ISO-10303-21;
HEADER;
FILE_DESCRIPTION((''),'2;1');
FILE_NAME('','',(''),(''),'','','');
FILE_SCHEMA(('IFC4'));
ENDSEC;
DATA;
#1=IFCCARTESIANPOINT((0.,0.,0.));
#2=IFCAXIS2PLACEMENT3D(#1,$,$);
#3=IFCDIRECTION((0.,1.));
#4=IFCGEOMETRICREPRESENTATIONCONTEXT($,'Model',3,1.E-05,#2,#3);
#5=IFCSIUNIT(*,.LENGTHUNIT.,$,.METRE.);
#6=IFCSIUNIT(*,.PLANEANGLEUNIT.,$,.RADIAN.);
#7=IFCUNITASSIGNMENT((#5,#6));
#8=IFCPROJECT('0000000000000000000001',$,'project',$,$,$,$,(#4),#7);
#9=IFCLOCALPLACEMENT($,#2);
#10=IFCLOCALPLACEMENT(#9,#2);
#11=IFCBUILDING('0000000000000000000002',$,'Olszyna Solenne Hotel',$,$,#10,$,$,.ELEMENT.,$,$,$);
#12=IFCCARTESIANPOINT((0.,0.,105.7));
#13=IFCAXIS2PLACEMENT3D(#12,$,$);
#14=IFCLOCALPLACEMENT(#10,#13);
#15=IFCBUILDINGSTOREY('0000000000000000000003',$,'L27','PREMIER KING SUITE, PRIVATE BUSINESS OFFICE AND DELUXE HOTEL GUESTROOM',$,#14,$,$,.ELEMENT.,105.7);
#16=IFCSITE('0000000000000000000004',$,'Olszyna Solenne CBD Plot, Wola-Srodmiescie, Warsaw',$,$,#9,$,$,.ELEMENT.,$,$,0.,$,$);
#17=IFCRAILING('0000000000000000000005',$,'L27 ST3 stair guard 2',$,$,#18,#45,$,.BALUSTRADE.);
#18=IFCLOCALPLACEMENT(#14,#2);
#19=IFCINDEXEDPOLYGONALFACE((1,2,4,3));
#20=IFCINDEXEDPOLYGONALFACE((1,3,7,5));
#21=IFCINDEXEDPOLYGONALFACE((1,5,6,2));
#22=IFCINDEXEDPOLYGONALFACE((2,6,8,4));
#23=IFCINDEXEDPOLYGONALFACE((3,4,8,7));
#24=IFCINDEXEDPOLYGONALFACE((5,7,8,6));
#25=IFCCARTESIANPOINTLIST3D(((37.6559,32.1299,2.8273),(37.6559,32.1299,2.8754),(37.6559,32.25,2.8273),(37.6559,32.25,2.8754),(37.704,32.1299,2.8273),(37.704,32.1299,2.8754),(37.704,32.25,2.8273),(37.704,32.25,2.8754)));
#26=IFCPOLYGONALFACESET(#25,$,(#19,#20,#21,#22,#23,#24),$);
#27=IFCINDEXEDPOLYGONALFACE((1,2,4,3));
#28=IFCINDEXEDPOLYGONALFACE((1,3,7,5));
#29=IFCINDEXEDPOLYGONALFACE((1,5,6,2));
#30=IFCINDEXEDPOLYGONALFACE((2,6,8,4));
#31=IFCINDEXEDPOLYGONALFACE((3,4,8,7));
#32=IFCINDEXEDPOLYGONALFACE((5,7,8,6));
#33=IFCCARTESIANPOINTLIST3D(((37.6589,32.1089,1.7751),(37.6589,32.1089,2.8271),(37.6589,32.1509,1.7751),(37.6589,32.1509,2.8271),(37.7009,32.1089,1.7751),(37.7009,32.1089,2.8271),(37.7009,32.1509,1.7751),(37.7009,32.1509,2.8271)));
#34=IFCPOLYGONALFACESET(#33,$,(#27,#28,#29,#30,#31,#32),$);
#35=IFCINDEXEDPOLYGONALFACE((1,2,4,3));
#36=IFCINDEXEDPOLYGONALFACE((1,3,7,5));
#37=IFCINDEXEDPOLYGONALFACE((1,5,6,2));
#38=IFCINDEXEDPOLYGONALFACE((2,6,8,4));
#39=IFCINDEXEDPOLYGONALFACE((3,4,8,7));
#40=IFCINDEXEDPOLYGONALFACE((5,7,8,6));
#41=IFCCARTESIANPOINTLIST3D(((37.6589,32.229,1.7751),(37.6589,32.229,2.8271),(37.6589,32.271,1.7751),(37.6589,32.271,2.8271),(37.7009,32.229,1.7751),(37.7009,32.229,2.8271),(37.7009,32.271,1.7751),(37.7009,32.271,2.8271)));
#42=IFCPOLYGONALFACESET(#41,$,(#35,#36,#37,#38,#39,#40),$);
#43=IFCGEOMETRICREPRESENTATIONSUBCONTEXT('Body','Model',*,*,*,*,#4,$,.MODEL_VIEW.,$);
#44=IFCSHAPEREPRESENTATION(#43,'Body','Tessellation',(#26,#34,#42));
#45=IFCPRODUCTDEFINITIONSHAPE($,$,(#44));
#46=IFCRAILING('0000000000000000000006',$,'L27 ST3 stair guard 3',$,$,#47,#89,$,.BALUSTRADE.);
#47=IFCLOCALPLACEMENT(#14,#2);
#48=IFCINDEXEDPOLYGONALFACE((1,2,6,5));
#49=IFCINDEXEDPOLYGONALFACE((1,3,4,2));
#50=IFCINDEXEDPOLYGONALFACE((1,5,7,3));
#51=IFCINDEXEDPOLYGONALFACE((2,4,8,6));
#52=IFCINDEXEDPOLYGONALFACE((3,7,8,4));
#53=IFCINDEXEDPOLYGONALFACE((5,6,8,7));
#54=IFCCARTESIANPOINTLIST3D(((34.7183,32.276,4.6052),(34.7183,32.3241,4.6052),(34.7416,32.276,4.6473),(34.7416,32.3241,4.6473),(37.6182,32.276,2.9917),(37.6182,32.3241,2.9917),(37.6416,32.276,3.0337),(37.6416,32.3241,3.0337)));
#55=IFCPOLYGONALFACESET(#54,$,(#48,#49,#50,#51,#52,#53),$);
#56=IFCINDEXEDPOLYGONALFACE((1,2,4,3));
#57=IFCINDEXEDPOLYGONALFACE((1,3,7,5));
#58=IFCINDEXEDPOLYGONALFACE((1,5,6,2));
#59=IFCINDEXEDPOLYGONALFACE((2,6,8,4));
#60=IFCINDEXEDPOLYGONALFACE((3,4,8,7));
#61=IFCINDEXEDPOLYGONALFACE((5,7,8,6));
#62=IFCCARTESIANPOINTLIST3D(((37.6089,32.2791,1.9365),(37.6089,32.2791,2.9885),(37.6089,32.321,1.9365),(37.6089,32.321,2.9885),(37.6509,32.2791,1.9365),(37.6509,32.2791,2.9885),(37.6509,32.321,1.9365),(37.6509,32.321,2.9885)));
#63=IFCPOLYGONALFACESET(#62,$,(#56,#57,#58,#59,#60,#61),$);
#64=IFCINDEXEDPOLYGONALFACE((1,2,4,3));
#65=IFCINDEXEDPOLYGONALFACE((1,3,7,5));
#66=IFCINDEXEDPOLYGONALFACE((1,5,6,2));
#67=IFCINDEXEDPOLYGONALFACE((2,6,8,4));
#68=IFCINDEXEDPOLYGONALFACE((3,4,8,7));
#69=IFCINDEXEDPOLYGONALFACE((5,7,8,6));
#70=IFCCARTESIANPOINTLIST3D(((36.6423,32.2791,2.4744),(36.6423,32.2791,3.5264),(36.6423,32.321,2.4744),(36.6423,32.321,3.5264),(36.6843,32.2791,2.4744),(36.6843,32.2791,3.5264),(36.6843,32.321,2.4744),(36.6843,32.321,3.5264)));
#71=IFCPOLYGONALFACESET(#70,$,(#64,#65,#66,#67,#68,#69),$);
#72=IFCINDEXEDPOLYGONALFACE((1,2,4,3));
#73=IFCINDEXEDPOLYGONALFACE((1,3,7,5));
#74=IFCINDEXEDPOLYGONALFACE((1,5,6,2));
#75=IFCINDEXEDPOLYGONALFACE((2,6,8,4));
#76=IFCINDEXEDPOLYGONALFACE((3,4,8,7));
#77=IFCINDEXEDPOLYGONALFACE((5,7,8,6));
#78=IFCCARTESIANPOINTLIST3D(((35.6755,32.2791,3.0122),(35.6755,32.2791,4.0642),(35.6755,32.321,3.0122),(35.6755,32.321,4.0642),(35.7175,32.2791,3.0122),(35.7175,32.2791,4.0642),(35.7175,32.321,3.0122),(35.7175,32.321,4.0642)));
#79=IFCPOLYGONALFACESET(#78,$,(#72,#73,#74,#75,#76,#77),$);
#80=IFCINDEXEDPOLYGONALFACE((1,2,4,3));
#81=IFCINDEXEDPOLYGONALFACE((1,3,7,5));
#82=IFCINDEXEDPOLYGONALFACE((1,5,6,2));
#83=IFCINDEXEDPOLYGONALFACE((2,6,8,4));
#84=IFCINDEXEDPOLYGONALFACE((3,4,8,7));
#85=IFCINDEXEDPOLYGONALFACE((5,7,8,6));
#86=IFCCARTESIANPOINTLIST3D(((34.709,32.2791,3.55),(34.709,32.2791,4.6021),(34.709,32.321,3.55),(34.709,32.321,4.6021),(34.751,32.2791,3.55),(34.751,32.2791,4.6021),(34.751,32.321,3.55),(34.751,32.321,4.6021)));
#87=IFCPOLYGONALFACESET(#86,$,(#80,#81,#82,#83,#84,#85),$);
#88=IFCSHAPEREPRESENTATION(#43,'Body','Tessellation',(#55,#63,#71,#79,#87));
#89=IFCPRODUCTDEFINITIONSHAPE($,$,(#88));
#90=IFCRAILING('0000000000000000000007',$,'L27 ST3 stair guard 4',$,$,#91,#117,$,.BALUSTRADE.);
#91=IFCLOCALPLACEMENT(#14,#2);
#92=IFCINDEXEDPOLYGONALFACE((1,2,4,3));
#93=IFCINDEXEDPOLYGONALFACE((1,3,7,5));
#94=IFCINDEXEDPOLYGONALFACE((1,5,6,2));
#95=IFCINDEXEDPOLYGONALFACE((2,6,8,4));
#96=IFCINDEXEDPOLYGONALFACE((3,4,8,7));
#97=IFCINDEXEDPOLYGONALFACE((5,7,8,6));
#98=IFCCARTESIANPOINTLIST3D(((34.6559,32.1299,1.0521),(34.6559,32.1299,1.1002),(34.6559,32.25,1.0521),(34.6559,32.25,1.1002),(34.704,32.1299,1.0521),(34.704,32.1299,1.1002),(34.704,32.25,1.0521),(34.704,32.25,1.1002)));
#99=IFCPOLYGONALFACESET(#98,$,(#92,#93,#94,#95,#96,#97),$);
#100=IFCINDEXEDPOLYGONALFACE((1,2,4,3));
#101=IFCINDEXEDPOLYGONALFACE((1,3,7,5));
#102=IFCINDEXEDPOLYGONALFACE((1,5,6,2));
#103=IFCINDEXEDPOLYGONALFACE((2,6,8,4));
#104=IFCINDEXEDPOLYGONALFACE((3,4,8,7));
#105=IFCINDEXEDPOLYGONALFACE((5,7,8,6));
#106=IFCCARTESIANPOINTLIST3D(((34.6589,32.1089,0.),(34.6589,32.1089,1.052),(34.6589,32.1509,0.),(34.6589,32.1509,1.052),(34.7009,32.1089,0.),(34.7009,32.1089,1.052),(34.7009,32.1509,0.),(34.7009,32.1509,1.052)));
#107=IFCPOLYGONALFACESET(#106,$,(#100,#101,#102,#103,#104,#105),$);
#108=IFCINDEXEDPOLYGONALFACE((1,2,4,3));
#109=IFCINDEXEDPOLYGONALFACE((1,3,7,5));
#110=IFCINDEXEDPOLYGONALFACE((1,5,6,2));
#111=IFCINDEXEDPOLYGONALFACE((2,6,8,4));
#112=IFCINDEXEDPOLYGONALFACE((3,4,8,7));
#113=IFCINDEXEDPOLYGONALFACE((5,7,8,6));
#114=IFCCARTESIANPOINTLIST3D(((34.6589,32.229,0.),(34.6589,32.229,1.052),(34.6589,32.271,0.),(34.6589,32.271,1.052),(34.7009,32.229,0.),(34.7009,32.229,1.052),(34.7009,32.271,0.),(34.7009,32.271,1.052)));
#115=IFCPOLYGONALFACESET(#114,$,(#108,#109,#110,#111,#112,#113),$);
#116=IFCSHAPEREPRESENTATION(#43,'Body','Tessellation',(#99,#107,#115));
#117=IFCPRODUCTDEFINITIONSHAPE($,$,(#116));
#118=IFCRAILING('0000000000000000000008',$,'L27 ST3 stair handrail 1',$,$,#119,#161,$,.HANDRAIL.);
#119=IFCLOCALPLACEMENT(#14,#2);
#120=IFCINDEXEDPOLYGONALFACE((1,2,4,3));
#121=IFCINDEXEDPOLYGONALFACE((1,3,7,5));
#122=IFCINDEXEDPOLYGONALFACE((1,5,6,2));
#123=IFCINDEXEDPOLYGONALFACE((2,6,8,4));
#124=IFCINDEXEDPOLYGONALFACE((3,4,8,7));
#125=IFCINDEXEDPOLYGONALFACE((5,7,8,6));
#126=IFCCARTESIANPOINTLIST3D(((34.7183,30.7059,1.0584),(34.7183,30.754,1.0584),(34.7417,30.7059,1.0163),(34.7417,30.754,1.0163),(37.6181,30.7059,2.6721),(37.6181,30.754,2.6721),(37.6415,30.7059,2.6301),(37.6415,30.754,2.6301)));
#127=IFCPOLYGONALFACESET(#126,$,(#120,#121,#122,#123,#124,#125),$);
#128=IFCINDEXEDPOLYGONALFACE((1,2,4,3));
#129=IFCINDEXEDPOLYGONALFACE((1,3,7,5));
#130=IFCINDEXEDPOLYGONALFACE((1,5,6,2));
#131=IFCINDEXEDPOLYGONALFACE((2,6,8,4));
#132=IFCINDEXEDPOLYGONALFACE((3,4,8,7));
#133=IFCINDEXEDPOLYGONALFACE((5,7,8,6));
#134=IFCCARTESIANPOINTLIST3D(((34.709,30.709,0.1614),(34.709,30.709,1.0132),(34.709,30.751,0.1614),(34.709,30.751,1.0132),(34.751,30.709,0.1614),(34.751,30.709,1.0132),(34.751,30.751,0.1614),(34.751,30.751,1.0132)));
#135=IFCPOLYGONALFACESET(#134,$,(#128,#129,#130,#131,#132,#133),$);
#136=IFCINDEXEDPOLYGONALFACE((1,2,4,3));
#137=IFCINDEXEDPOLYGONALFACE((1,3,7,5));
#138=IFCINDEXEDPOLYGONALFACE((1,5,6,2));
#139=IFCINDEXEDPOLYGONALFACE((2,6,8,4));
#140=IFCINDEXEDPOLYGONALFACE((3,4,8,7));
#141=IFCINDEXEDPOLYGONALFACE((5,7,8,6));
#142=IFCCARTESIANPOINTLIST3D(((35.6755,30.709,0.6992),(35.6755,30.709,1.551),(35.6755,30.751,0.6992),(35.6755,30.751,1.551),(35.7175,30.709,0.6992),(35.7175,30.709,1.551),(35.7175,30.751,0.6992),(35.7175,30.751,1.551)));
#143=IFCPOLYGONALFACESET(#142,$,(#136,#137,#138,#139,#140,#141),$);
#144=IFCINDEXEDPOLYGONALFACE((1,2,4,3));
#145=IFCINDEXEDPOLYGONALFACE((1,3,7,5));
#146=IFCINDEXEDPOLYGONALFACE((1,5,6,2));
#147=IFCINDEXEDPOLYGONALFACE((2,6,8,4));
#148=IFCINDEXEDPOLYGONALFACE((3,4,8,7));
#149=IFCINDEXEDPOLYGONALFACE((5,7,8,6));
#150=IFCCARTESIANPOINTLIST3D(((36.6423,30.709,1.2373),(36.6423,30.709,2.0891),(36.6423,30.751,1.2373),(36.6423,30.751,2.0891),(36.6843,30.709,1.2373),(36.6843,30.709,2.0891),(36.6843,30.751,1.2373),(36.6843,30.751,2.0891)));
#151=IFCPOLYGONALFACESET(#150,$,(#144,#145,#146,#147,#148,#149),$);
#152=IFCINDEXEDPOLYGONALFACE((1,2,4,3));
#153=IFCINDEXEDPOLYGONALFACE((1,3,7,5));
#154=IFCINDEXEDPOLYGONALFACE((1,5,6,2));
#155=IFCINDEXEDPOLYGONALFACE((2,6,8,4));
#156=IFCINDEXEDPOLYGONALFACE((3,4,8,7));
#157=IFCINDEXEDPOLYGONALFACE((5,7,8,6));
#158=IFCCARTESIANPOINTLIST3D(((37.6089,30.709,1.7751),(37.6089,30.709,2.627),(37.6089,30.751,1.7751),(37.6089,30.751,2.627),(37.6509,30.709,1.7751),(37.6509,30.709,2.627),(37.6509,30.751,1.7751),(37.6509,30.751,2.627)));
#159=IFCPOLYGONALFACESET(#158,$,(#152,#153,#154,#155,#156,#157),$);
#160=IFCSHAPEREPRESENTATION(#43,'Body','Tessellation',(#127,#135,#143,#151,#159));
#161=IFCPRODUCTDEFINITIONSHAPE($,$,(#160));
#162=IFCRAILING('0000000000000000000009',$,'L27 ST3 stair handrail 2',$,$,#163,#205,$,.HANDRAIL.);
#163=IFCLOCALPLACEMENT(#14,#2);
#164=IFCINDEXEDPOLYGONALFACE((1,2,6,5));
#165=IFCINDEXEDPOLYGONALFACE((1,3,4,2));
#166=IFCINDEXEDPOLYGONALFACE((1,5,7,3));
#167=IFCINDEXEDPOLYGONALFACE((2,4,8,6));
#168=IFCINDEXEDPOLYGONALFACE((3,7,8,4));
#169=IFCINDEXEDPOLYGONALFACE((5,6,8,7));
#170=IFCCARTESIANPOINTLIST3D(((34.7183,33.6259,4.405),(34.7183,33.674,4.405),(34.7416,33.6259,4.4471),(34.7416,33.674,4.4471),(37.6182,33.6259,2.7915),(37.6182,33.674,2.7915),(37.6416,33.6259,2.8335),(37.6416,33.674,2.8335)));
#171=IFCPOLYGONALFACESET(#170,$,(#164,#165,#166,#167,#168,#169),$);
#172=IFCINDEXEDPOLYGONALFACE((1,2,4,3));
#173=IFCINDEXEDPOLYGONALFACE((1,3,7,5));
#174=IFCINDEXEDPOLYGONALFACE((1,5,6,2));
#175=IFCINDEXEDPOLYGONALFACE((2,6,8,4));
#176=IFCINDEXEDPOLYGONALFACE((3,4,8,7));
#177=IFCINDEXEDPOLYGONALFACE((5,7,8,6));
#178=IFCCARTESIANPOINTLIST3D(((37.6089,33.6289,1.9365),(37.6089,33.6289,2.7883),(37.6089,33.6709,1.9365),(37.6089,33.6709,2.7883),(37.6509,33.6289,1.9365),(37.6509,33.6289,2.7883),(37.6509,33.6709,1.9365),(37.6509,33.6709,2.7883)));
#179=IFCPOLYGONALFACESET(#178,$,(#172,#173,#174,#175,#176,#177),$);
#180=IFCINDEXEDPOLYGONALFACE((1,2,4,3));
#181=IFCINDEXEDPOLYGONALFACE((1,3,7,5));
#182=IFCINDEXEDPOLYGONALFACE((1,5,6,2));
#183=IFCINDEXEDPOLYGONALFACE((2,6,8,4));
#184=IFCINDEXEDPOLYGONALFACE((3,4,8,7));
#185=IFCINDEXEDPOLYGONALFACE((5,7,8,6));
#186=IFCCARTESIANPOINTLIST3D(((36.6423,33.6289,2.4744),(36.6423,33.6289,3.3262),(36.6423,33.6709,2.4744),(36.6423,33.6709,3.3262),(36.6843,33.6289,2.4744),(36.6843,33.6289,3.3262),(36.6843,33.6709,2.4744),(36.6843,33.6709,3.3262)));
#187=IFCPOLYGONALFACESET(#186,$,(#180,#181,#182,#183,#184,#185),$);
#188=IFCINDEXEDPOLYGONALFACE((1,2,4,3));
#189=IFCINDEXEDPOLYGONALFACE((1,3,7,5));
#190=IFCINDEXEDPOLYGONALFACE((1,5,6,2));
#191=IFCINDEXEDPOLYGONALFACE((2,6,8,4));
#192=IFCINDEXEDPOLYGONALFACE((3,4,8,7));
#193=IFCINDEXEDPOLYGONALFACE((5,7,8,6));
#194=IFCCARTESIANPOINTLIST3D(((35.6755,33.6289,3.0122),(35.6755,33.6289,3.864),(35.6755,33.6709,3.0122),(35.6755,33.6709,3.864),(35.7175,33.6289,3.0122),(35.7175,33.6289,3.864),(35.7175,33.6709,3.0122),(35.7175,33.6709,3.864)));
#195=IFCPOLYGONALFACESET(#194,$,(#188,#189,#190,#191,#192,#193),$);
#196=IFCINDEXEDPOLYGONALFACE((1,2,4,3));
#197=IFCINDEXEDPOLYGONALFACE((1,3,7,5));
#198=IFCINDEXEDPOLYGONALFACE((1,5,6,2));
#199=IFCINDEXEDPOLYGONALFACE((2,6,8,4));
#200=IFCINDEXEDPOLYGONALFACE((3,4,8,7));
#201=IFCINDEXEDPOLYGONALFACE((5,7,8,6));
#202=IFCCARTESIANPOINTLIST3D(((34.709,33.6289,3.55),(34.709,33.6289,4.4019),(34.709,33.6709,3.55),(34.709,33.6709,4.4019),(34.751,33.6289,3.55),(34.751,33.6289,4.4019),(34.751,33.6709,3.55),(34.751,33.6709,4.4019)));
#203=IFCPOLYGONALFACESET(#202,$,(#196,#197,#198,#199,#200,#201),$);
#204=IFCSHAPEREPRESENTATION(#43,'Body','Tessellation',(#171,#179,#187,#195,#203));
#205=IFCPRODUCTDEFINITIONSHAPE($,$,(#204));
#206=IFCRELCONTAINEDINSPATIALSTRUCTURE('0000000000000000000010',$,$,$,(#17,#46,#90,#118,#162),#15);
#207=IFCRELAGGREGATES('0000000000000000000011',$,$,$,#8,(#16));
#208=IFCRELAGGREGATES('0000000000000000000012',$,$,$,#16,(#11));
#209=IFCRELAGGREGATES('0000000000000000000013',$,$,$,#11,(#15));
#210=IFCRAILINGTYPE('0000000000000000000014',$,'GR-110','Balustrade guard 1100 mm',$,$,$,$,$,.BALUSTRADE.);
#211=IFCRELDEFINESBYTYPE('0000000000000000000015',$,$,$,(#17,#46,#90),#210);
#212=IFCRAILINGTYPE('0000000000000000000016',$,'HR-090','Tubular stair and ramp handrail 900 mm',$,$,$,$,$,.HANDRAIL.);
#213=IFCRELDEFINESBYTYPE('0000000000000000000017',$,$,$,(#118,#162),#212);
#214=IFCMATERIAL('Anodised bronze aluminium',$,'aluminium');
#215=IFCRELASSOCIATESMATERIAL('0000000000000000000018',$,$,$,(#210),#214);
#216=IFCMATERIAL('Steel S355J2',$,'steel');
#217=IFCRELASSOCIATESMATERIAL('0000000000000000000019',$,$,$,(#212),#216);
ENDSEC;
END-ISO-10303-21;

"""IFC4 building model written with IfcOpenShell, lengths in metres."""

from ifc_helpers import new_model, si_unit, direction, frame, origin, origin_2d, place, context, subcontext, project, spatial, rectangle, extrude, material, type_object, element, save


model = new_model("IFC4")

# Units and contexts
model_context = context("Model", 3, precision=1e-05, world=origin(), true_north=direction((0.0, 1.0)))
body_context = subcontext(model_context, "Body", "Model", "MODEL_VIEW")
ifc_project = project(units=[si_unit("LENGTHUNIT", "METRE"), si_unit("PLANEANGLEUNIT", "RADIAN")], contexts=[model_context])

# Site, building, storey
site_placement = place(None, origin())
site = spatial("IfcSite", under=ifc_project, at=site_placement, Name="Olszyna Solenne CBD Plot, Wola-Srodmiescie, Warsaw", CompositionType="ELEMENT", RefElevation=0.0)
building_placement = place(site_placement, origin())
building = spatial("IfcBuilding", under=site, at=building_placement, Name="Olszyna Solenne Hotel", CompositionType="ELEMENT")
storey_placement = place(building_placement, frame((0.0, 0.0, 105.7)))
storey = spatial("IfcBuildingStorey", under=building, at=storey_placement, Name="L27", Description="PREMIER KING SUITE, PRIVATE BUSINESS OFFICE AND DELUXE HOTEL GUESTROOM", CompositionType="ELEMENT", Elevation=105.7)

# Shared definitions
ifc_material_1 = material(Name="Steel S355J2", Category="steel")

# Shared definitions
ifc_material_2 = material(Name="Anodised bronze aluminium", Category="aluminium")

# Railings
railing_type_1 = type_object("IfcRailingType", Name="GR-110", Description="Balustrade guard 1100 mm", PredefinedType="BALUSTRADE", material=ifc_material_2)
railing_1_placement = place(storey_placement, frame((37.6799, 32.1299, 1.7751)))
element("IfcRailing", 1, at=railing_1_placement, inside=storey, type_object=railing_type_1, Name="L27 ST3 stair guard 2", PredefinedType="BALUSTRADE", context=body_context, shape_type="SweptSolid", body=[
    extrude(rectangle(XDim=0.0481, YDim=0.0481, at=origin_2d()), frame((0.0, 0.0, 1.0762), z_axis=(0.0, 1.0, 0.0), x_axis=(-1.0, 0.0, 0.0)), (0.0, 0.0, 1.0), 0.1201),
    extrude(rectangle(XDim=0.042, YDim=0.042, at=origin_2d()), origin(), (0.0, 0.0, 1.0), 1.052),
    extrude(rectangle(XDim=0.042, YDim=0.042, at=origin_2d()), frame((0.0, 0.1201, 0.0)), (0.0, 0.0, 1.0), 1.052),
])
railing_2_placement = place(storey_placement, frame((37.6299, 32.3, 1.9365)))
element("IfcRailing", 2, at=railing_2_placement, inside=storey, type_object=railing_type_1, Name="L27 ST3 stair guard 3", PredefinedType="BALUSTRADE", context=body_context, shape_type="SweptSolid", body=[
    extrude(rectangle(XDim=0.0481, YDim=0.0481, at=origin_2d()), frame((0.0, 0.0, 1.0762), z_axis=(-0.873841, 0.0, 0.486211), x_axis=(0.0, -1.0, 0.0)), (0.0, 0.0, 1.0), 3.3186),
    extrude(rectangle(XDim=0.042, YDim=0.042, at=origin_2d()), origin(), (0.0, 0.0, 1.0), 1.052),
    extrude(rectangle(XDim=0.042, YDim=0.042, at=origin_2d()), frame((-0.9666, 0.0, 0.5378)), (0.0, 0.0, 1.0), 1.052),
    extrude(rectangle(XDim=0.042, YDim=0.042, at=origin_2d()), frame((-1.9333, 0.0, 1.0757)), (0.0, 0.0, 1.0), 1.052),
    extrude(rectangle(XDim=0.042, YDim=0.042, at=origin_2d()), frame((-2.8999, 0.0, 1.6135)), (0.0, 0.0, 1.0), 1.052),
])
railing_3_placement = place(storey_placement, frame((34.6799, 32.1299, 0.0)))
element("IfcRailing", 3, at=railing_3_placement, inside=storey, type_object=railing_type_1, Name="L27 ST3 stair guard 4", PredefinedType="BALUSTRADE", context=body_context, shape_type="SweptSolid", body=[
    extrude(rectangle(XDim=0.0481, YDim=0.0481, at=origin_2d()), frame((0.0, 0.0, 1.0762), z_axis=(0.0, 1.0, 0.0), x_axis=(-1.0, 0.0, 0.0)), (0.0, 0.0, 1.0), 0.1201),
    extrude(rectangle(XDim=0.042, YDim=0.042, at=origin_2d()), origin(), (0.0, 0.0, 1.0), 1.052),
    extrude(rectangle(XDim=0.042, YDim=0.042, at=origin_2d()), frame((0.0, 0.1201, 0.0)), (0.0, 0.0, 1.0), 1.052),
])
railing_type_2 = type_object("IfcRailingType", Name="HR-090", Description="Tubular stair and ramp handrail 900 mm", PredefinedType="HANDRAIL", material=ifc_material_1)
railing_4_placement = place(storey_placement, frame((34.73, 30.73, 0.1614)))
element("IfcRailing", 4, at=railing_4_placement, inside=storey, type_object=railing_type_2, Name="L27 ST3 stair handrail 1", PredefinedType="HANDRAIL", context=body_context, shape_type="SweptSolid", body=[
    extrude(rectangle(XDim=0.0481, YDim=0.0481, at=origin_2d()), frame((0.0, 0.0, 0.876), z_axis=(0.87381, 0.0, 0.486267), x_axis=(0.0, 1.0, 0.0)), (0.0, 0.0, 1.0), 3.3186),
    extrude(rectangle(XDim=0.042, YDim=0.042, at=origin_2d()), origin(), (0.0, 0.0, 1.0), 0.8518),
    extrude(rectangle(XDim=0.042, YDim=0.042, at=origin_2d()), frame((0.9666, 0.0, 0.5378)), (0.0, 0.0, 1.0), 0.8518),
    extrude(rectangle(XDim=0.042, YDim=0.042, at=origin_2d()), frame((1.9333, 0.0, 1.0759)), (0.0, 0.0, 1.0), 0.8518),
    extrude(rectangle(XDim=0.042, YDim=0.042, at=origin_2d()), frame((2.8999, 0.0, 1.6138)), (0.0, 0.0, 1.0), 0.8518),
])
railing_5_placement = place(storey_placement, frame((37.6299, 33.6499, 1.9365)))
element("IfcRailing", 5, at=railing_5_placement, inside=storey, type_object=railing_type_2, Name="L27 ST3 stair handrail 2", PredefinedType="HANDRAIL", context=body_context, shape_type="SweptSolid", body=[
    extrude(rectangle(XDim=0.0481, YDim=0.0481, at=origin_2d()), frame((0.0, 0.0, 0.876), z_axis=(-0.873841, 0.0, 0.486211), x_axis=(0.0, -1.0, 0.0)), (0.0, 0.0, 1.0), 3.3186),
    extrude(rectangle(XDim=0.042, YDim=0.042, at=origin_2d()), origin(), (0.0, 0.0, 1.0), 0.8518),
    extrude(rectangle(XDim=0.042, YDim=0.042, at=origin_2d()), frame((-0.9666, 0.0, 0.5378)), (0.0, 0.0, 1.0), 0.8518),
    extrude(rectangle(XDim=0.042, YDim=0.042, at=origin_2d()), frame((-1.9333, 0.0, 1.0757)), (0.0, 0.0, 1.0), 0.8518),
    extrude(rectangle(XDim=0.042, YDim=0.042, at=origin_2d()), frame((-2.8999, 0.0, 1.6135)), (0.0, 0.0, 1.0), 0.8518),
])

save(model, "model.ifc")
